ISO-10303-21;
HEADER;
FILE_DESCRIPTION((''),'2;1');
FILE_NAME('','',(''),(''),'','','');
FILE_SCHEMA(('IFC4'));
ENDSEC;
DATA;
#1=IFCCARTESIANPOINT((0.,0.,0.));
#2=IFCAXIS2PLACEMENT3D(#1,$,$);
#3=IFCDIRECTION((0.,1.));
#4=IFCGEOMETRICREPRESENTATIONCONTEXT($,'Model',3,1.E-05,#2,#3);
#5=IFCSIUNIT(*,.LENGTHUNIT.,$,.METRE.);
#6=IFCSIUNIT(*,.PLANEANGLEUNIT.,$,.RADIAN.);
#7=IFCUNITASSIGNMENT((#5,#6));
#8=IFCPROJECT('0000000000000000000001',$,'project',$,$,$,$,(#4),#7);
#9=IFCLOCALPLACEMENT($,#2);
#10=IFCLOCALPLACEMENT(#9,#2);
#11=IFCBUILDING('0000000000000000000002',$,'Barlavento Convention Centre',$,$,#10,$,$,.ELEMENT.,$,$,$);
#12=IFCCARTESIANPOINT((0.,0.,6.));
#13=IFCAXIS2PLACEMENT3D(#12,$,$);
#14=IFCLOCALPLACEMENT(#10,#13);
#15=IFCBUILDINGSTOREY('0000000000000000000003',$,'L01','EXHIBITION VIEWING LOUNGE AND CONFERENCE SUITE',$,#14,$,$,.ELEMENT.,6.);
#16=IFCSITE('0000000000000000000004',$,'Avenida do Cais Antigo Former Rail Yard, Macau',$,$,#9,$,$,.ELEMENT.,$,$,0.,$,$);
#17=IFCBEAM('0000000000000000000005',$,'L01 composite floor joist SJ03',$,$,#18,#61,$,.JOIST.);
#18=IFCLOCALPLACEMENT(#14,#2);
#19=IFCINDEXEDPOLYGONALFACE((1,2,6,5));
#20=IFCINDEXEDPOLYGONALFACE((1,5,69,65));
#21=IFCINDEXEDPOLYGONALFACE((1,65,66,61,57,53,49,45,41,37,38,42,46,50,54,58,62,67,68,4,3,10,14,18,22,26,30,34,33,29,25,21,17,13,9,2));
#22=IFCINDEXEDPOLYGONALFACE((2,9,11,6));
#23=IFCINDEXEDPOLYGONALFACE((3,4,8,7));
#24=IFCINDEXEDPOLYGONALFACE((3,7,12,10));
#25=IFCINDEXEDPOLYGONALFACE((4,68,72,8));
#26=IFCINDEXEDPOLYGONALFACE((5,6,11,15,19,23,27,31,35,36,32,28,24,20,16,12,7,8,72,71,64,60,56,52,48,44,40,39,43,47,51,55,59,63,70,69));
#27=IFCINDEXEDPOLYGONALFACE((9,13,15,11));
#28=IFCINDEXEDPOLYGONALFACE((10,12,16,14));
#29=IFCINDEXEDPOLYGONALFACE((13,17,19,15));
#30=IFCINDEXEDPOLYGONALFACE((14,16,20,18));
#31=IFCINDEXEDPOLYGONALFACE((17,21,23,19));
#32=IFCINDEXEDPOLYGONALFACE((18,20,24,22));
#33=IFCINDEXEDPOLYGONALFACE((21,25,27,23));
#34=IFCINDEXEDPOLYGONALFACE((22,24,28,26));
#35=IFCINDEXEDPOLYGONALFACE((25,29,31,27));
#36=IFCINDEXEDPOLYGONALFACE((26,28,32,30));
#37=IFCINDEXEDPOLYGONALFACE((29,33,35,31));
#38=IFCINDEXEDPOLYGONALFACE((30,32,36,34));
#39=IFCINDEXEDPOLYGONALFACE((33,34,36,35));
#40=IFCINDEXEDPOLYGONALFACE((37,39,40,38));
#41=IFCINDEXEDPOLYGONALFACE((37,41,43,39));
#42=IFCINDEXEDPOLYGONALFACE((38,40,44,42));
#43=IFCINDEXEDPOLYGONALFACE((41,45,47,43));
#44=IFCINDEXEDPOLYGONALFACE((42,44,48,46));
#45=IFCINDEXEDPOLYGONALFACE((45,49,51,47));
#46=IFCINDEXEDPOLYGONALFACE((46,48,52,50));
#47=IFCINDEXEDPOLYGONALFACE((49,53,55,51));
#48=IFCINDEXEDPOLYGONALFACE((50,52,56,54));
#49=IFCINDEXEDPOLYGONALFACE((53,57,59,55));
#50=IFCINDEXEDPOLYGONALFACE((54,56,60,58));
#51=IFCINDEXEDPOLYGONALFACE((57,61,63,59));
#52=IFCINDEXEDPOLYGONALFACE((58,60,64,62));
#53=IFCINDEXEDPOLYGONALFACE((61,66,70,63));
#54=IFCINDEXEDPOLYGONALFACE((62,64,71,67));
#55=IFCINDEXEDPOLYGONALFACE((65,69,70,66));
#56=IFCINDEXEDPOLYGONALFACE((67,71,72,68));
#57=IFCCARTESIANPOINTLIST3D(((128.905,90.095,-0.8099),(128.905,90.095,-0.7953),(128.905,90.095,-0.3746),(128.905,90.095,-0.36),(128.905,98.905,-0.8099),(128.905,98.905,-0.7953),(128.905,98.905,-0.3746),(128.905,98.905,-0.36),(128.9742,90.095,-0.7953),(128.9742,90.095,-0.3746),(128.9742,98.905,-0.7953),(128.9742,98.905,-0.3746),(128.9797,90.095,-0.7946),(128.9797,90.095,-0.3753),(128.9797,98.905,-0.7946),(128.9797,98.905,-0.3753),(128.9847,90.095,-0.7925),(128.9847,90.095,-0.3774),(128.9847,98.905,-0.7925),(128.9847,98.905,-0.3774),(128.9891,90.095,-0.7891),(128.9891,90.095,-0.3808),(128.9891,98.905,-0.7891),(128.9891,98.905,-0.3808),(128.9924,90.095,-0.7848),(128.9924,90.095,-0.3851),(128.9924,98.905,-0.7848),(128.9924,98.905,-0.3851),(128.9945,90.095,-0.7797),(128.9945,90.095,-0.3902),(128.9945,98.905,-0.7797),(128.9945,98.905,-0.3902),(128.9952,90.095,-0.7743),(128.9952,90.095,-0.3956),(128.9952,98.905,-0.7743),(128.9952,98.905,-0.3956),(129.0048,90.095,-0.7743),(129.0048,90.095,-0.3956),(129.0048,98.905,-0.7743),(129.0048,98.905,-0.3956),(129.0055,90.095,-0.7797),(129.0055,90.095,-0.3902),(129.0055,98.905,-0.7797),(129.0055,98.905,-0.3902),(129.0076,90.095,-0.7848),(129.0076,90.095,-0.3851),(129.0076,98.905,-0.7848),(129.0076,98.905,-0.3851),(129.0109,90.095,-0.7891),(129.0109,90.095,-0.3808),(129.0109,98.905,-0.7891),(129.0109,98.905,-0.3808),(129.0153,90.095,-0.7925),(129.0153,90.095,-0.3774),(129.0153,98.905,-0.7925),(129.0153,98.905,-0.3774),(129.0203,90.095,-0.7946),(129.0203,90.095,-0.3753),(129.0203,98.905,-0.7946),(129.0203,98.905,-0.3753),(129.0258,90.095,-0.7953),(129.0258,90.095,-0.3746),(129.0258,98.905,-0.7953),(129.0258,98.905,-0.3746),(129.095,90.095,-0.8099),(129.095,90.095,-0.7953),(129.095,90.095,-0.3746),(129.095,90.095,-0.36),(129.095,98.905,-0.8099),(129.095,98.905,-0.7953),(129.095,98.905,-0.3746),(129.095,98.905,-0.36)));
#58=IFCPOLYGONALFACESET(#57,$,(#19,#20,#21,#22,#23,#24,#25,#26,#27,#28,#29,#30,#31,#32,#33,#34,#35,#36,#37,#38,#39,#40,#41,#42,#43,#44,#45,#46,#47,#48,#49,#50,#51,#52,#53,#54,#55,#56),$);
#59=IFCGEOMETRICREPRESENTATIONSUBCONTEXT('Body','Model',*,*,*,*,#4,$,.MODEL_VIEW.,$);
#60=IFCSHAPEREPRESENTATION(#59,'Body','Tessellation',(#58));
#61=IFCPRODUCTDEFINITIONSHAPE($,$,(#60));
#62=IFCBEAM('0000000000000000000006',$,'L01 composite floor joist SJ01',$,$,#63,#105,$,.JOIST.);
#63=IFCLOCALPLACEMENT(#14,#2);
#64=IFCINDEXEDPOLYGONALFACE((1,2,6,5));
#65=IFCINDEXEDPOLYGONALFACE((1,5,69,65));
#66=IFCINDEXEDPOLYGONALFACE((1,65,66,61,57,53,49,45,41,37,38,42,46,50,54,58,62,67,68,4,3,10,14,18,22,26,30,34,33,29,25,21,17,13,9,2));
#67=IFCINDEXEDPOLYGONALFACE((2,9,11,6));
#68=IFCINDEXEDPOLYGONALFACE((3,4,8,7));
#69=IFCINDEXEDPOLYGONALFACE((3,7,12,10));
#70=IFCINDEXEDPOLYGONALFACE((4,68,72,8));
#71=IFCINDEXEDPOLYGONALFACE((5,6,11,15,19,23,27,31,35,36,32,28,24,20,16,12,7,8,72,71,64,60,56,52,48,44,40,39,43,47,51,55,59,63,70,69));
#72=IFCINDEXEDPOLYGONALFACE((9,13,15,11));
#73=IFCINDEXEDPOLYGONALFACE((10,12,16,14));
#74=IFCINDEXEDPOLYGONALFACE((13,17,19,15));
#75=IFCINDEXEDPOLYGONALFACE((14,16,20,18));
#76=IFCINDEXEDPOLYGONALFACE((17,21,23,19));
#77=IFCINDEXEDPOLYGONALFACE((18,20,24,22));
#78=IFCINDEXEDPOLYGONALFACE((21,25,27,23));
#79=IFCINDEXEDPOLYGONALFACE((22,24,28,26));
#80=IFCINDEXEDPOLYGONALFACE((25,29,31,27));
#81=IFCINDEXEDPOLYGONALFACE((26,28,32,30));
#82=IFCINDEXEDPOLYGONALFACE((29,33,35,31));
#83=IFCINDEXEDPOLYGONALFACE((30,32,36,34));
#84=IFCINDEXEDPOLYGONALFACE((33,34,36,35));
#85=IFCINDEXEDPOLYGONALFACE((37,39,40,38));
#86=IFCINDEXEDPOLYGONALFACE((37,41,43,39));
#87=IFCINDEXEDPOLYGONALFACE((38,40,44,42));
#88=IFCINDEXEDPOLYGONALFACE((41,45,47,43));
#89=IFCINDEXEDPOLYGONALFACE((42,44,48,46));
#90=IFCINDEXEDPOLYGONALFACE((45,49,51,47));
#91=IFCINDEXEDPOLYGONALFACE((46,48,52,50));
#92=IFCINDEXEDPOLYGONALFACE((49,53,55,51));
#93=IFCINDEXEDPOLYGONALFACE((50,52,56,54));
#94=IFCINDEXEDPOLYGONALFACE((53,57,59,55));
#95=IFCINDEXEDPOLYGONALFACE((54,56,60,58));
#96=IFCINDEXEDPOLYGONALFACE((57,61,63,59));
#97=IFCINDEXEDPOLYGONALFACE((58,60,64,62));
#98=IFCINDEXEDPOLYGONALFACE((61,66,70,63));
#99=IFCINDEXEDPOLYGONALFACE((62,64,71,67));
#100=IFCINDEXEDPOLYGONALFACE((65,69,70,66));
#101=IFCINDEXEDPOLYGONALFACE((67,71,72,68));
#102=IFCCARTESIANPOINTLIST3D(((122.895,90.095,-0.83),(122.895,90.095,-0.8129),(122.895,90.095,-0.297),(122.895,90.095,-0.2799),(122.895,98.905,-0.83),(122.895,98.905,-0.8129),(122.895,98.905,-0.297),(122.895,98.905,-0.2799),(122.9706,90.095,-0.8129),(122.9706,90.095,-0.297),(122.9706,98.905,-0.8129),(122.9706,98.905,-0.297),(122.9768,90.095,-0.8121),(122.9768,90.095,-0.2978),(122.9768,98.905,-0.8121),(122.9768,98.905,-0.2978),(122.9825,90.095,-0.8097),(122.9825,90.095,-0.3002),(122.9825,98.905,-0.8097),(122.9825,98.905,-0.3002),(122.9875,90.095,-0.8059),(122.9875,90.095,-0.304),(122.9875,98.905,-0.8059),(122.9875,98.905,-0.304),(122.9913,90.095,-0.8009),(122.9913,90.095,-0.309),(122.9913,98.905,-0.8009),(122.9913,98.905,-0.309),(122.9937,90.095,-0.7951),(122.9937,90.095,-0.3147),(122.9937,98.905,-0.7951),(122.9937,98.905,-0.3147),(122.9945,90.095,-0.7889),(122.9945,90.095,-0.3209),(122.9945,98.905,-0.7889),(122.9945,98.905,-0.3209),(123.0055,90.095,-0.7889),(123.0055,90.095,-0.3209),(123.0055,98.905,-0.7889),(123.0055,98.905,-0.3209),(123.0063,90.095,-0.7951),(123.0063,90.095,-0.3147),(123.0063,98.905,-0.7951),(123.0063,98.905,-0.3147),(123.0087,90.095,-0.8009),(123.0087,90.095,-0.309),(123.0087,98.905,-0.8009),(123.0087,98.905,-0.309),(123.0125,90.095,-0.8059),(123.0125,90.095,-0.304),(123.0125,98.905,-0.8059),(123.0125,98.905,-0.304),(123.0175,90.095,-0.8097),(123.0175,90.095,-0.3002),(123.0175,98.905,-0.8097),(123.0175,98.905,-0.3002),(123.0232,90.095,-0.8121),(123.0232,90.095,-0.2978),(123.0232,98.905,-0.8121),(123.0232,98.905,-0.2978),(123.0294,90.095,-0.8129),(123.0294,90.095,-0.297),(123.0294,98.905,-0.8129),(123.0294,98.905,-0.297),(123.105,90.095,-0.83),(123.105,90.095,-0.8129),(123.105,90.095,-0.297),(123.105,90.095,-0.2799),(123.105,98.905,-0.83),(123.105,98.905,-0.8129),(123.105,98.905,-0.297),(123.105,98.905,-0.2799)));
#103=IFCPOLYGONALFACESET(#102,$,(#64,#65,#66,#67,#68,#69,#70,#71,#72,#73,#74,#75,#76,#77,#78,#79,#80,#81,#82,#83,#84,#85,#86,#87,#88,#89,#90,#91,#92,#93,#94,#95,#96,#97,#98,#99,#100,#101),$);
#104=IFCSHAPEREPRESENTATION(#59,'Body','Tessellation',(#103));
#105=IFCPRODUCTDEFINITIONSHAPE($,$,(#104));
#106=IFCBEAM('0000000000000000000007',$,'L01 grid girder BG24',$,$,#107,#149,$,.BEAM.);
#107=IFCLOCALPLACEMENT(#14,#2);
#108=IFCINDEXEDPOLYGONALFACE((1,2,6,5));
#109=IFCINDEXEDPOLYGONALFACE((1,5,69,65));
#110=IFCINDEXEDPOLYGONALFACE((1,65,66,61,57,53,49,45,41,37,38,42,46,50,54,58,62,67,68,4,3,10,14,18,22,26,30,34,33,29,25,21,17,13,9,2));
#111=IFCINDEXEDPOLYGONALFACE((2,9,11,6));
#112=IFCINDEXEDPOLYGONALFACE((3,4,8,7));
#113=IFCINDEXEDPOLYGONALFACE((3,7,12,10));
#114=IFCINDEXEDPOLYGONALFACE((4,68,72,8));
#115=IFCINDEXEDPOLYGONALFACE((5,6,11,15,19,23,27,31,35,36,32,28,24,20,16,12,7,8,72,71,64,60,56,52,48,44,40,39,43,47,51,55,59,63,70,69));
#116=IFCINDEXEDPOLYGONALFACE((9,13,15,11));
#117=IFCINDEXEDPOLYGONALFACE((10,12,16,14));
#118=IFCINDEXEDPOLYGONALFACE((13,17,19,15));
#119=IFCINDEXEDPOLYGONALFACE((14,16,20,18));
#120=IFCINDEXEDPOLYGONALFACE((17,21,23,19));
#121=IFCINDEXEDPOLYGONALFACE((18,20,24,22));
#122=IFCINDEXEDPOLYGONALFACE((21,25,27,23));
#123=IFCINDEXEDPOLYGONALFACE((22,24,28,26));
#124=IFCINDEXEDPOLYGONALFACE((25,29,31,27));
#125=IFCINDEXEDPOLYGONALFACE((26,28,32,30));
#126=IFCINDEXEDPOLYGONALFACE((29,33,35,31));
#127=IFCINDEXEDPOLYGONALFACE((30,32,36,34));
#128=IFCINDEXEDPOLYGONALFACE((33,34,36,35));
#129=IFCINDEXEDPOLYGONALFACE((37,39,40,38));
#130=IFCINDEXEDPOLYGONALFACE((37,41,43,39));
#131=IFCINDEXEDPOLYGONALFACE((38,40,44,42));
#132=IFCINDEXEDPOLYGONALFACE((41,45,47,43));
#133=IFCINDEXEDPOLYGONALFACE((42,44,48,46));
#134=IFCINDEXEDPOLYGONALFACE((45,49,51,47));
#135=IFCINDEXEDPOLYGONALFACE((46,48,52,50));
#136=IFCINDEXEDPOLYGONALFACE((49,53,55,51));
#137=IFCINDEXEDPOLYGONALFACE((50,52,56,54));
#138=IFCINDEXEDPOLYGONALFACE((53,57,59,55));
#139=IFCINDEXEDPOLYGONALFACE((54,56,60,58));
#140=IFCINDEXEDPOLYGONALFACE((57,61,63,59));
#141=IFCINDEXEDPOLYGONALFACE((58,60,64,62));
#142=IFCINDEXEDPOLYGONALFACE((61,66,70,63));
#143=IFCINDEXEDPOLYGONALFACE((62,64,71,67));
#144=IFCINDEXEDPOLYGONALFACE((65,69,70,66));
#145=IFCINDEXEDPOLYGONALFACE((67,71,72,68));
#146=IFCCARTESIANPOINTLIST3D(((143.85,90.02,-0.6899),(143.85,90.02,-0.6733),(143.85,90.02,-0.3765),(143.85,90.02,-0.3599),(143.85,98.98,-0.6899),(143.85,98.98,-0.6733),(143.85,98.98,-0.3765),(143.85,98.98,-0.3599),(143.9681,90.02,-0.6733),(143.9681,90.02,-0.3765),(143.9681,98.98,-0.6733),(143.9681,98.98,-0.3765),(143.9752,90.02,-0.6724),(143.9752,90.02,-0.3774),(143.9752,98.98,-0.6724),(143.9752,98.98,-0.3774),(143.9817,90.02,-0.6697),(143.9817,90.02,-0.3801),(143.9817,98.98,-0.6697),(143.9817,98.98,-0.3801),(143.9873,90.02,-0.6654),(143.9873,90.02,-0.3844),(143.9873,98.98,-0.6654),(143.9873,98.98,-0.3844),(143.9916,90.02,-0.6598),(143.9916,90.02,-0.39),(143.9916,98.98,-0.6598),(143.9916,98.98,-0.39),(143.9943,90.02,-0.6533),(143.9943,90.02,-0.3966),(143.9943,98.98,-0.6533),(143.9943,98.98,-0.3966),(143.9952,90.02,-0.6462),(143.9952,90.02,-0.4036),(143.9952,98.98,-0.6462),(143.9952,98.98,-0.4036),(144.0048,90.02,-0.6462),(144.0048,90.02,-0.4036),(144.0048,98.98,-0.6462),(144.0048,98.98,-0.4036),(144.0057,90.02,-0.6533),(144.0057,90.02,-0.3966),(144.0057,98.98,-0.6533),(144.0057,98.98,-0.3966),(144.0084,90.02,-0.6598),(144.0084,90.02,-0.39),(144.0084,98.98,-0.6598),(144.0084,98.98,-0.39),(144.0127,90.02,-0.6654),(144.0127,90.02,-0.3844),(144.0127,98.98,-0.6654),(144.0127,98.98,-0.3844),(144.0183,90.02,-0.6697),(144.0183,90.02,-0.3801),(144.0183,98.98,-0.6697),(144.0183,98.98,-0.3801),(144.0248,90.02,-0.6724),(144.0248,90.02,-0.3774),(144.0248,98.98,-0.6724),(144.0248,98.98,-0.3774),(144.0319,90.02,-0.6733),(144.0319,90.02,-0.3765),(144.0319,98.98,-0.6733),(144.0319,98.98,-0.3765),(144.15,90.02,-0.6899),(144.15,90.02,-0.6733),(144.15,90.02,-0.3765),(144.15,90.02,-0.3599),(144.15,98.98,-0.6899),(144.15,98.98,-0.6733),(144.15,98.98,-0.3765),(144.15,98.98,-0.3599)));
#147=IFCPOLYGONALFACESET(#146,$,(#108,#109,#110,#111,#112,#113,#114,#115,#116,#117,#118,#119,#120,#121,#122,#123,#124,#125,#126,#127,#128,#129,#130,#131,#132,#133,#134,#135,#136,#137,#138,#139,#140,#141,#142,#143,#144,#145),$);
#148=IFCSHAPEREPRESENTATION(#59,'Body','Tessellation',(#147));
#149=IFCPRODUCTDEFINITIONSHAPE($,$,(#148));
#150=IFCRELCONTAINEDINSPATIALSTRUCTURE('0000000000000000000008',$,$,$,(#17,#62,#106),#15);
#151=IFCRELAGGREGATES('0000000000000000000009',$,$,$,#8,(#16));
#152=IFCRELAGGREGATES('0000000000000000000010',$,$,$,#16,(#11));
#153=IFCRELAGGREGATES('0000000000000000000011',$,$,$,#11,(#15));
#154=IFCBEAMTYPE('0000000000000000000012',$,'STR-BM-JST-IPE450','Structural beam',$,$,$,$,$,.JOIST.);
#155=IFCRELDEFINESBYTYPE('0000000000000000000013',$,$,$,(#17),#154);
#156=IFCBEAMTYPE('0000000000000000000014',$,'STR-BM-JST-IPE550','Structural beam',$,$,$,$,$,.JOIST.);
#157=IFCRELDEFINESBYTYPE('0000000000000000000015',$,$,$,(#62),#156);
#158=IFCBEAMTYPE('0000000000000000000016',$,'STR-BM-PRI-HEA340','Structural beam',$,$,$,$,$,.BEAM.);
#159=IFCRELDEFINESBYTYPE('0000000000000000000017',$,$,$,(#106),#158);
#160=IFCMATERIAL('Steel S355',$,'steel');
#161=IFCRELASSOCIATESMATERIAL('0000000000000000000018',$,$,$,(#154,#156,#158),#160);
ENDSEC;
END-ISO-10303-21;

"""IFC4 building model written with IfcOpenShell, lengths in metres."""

from ifc_helpers import new_model, si_unit, direction, frame, origin, origin_2d, place, context, subcontext, project, spatial, i_section, extrude, material, material_profile, profile_set, type_object, element, save


model = new_model("IFC4")

# Units and contexts
model_context = context("Model", 3, precision=1e-05, world=origin(), true_north=direction((0.0, 1.0)))
body_context = subcontext(model_context, "Body", "Model", "MODEL_VIEW")
ifc_project = project(units=[si_unit("LENGTHUNIT", "METRE"), si_unit("PLANEANGLEUNIT", "RADIAN")], contexts=[model_context])

# Site, building, storey
site_placement = place(None, origin())
site = spatial("IfcSite", under=ifc_project, at=site_placement, Name="Avenida do Cais Antigo Former Rail Yard, Macau", CompositionType="ELEMENT", RefElevation=0.0)
building_placement = place(site_placement, origin())
building = spatial("IfcBuilding", under=site, at=building_placement, Name="Barlavento Convention Centre", CompositionType="ELEMENT")
storey_placement = place(building_placement, frame((0.0, 0.0, 6.0)))
storey = spatial("IfcBuildingStorey", under=building, at=storey_placement, Name="L01", Description="EXHIBITION VIEWING LOUNGE AND CONFERENCE SUITE", CompositionType="ELEMENT", Elevation=6.0)

# Beams
ifc_material_1 = material(Name="Steel S355", Category="steel")
ifc_material_profile_1 = material_profile(ifc_material_1, i_section(OverallWidth=0.1899, OverallDepth=0.45, WebThickness=0.0095, FlangeThickness=0.0146, FilletRadius=0.021, at=origin_2d()), Name="IPE 450")
ifc_profile_set_1 = profile_set([ifc_material_profile_1], Name="Steel S355")
beam_type_1 = type_object("IfcBeamType", Name="STR-BM-JST-IPE450", Description="Structural beam", PredefinedType="JOIST", material=ifc_profile_set_1)
beam_1_placement = place(storey_placement, frame((129.0, 90.095, -0.585), z_axis=(0.0, 1.0, 0.0), x_axis=(-1.0, 0.0, 0.0)))
element("IfcBeam", 1, at=beam_1_placement, inside=storey, type_object=beam_type_1, Name="L01 composite floor joist SJ03", PredefinedType="JOIST", context=body_context, shape_type="SweptSolid", body=[
    extrude(i_section(OverallWidth=0.1899, OverallDepth=0.45, WebThickness=0.0095, FlangeThickness=0.0146, FilletRadius=0.021, at=origin_2d()), origin(), (0.0, 0.0, 1.0), 8.8101),
])
ifc_material_profile_2 = material_profile(ifc_material_1, i_section(OverallWidth=0.21, OverallDepth=0.55, WebThickness=0.011, FlangeThickness=0.0171, FilletRadius=0.0239, at=origin_2d()), Name="IPE 550")
ifc_profile_set_2 = profile_set([ifc_material_profile_2], Name="Steel S355")
beam_type_2 = type_object("IfcBeamType", Name="STR-BM-JST-IPE550", Description="Structural beam", PredefinedType="JOIST", material=ifc_profile_set_2)
beam_2_placement = place(storey_placement, frame((123.0, 90.095, -0.5549), z_axis=(0.0, 1.0, 0.0), x_axis=(-1.0, 0.0, 0.0)))
element("IfcBeam", 2, at=beam_2_placement, inside=storey, type_object=beam_type_2, Name="L01 composite floor joist SJ01", PredefinedType="JOIST", context=body_context, shape_type="SweptSolid", body=[
    extrude(i_section(OverallWidth=0.21, OverallDepth=0.55, WebThickness=0.011, FlangeThickness=0.0171, FilletRadius=0.0239, at=origin_2d()), origin(), (0.0, 0.0, 1.0), 8.8101),
])
ifc_material_profile_3 = material_profile(ifc_material_1, i_section(OverallWidth=0.3, OverallDepth=0.3301, WebThickness=0.0095, FlangeThickness=0.0166, FilletRadius=0.0271, at=origin_2d()), Name="HEA 340")
ifc_profile_set_3 = profile_set([ifc_material_profile_3], Name="Steel S355")
beam_type_3 = type_object("IfcBeamType", Name="STR-BM-PRI-HEA340", Description="Structural beam", PredefinedType="BEAM", material=ifc_profile_set_3)
beam_3_placement = place(storey_placement, frame((144.0, 90.02, -0.5249), z_axis=(0.0, 1.0, 0.0), x_axis=(-1.0, 0.0, 0.0)))
element("IfcBeam", 3, at=beam_3_placement, inside=storey, type_object=beam_type_3, Name="L01 grid girder BG24", PredefinedType="BEAM", context=body_context, shape_type="SweptSolid", body=[
    extrude(i_section(OverallWidth=0.3, OverallDepth=0.3301, WebThickness=0.0095, FlangeThickness=0.0166, FilletRadius=0.0271, at=origin_2d()), origin(), (0.0, 0.0, 1.0), 8.96),
])

save(model, "model.ifc")
